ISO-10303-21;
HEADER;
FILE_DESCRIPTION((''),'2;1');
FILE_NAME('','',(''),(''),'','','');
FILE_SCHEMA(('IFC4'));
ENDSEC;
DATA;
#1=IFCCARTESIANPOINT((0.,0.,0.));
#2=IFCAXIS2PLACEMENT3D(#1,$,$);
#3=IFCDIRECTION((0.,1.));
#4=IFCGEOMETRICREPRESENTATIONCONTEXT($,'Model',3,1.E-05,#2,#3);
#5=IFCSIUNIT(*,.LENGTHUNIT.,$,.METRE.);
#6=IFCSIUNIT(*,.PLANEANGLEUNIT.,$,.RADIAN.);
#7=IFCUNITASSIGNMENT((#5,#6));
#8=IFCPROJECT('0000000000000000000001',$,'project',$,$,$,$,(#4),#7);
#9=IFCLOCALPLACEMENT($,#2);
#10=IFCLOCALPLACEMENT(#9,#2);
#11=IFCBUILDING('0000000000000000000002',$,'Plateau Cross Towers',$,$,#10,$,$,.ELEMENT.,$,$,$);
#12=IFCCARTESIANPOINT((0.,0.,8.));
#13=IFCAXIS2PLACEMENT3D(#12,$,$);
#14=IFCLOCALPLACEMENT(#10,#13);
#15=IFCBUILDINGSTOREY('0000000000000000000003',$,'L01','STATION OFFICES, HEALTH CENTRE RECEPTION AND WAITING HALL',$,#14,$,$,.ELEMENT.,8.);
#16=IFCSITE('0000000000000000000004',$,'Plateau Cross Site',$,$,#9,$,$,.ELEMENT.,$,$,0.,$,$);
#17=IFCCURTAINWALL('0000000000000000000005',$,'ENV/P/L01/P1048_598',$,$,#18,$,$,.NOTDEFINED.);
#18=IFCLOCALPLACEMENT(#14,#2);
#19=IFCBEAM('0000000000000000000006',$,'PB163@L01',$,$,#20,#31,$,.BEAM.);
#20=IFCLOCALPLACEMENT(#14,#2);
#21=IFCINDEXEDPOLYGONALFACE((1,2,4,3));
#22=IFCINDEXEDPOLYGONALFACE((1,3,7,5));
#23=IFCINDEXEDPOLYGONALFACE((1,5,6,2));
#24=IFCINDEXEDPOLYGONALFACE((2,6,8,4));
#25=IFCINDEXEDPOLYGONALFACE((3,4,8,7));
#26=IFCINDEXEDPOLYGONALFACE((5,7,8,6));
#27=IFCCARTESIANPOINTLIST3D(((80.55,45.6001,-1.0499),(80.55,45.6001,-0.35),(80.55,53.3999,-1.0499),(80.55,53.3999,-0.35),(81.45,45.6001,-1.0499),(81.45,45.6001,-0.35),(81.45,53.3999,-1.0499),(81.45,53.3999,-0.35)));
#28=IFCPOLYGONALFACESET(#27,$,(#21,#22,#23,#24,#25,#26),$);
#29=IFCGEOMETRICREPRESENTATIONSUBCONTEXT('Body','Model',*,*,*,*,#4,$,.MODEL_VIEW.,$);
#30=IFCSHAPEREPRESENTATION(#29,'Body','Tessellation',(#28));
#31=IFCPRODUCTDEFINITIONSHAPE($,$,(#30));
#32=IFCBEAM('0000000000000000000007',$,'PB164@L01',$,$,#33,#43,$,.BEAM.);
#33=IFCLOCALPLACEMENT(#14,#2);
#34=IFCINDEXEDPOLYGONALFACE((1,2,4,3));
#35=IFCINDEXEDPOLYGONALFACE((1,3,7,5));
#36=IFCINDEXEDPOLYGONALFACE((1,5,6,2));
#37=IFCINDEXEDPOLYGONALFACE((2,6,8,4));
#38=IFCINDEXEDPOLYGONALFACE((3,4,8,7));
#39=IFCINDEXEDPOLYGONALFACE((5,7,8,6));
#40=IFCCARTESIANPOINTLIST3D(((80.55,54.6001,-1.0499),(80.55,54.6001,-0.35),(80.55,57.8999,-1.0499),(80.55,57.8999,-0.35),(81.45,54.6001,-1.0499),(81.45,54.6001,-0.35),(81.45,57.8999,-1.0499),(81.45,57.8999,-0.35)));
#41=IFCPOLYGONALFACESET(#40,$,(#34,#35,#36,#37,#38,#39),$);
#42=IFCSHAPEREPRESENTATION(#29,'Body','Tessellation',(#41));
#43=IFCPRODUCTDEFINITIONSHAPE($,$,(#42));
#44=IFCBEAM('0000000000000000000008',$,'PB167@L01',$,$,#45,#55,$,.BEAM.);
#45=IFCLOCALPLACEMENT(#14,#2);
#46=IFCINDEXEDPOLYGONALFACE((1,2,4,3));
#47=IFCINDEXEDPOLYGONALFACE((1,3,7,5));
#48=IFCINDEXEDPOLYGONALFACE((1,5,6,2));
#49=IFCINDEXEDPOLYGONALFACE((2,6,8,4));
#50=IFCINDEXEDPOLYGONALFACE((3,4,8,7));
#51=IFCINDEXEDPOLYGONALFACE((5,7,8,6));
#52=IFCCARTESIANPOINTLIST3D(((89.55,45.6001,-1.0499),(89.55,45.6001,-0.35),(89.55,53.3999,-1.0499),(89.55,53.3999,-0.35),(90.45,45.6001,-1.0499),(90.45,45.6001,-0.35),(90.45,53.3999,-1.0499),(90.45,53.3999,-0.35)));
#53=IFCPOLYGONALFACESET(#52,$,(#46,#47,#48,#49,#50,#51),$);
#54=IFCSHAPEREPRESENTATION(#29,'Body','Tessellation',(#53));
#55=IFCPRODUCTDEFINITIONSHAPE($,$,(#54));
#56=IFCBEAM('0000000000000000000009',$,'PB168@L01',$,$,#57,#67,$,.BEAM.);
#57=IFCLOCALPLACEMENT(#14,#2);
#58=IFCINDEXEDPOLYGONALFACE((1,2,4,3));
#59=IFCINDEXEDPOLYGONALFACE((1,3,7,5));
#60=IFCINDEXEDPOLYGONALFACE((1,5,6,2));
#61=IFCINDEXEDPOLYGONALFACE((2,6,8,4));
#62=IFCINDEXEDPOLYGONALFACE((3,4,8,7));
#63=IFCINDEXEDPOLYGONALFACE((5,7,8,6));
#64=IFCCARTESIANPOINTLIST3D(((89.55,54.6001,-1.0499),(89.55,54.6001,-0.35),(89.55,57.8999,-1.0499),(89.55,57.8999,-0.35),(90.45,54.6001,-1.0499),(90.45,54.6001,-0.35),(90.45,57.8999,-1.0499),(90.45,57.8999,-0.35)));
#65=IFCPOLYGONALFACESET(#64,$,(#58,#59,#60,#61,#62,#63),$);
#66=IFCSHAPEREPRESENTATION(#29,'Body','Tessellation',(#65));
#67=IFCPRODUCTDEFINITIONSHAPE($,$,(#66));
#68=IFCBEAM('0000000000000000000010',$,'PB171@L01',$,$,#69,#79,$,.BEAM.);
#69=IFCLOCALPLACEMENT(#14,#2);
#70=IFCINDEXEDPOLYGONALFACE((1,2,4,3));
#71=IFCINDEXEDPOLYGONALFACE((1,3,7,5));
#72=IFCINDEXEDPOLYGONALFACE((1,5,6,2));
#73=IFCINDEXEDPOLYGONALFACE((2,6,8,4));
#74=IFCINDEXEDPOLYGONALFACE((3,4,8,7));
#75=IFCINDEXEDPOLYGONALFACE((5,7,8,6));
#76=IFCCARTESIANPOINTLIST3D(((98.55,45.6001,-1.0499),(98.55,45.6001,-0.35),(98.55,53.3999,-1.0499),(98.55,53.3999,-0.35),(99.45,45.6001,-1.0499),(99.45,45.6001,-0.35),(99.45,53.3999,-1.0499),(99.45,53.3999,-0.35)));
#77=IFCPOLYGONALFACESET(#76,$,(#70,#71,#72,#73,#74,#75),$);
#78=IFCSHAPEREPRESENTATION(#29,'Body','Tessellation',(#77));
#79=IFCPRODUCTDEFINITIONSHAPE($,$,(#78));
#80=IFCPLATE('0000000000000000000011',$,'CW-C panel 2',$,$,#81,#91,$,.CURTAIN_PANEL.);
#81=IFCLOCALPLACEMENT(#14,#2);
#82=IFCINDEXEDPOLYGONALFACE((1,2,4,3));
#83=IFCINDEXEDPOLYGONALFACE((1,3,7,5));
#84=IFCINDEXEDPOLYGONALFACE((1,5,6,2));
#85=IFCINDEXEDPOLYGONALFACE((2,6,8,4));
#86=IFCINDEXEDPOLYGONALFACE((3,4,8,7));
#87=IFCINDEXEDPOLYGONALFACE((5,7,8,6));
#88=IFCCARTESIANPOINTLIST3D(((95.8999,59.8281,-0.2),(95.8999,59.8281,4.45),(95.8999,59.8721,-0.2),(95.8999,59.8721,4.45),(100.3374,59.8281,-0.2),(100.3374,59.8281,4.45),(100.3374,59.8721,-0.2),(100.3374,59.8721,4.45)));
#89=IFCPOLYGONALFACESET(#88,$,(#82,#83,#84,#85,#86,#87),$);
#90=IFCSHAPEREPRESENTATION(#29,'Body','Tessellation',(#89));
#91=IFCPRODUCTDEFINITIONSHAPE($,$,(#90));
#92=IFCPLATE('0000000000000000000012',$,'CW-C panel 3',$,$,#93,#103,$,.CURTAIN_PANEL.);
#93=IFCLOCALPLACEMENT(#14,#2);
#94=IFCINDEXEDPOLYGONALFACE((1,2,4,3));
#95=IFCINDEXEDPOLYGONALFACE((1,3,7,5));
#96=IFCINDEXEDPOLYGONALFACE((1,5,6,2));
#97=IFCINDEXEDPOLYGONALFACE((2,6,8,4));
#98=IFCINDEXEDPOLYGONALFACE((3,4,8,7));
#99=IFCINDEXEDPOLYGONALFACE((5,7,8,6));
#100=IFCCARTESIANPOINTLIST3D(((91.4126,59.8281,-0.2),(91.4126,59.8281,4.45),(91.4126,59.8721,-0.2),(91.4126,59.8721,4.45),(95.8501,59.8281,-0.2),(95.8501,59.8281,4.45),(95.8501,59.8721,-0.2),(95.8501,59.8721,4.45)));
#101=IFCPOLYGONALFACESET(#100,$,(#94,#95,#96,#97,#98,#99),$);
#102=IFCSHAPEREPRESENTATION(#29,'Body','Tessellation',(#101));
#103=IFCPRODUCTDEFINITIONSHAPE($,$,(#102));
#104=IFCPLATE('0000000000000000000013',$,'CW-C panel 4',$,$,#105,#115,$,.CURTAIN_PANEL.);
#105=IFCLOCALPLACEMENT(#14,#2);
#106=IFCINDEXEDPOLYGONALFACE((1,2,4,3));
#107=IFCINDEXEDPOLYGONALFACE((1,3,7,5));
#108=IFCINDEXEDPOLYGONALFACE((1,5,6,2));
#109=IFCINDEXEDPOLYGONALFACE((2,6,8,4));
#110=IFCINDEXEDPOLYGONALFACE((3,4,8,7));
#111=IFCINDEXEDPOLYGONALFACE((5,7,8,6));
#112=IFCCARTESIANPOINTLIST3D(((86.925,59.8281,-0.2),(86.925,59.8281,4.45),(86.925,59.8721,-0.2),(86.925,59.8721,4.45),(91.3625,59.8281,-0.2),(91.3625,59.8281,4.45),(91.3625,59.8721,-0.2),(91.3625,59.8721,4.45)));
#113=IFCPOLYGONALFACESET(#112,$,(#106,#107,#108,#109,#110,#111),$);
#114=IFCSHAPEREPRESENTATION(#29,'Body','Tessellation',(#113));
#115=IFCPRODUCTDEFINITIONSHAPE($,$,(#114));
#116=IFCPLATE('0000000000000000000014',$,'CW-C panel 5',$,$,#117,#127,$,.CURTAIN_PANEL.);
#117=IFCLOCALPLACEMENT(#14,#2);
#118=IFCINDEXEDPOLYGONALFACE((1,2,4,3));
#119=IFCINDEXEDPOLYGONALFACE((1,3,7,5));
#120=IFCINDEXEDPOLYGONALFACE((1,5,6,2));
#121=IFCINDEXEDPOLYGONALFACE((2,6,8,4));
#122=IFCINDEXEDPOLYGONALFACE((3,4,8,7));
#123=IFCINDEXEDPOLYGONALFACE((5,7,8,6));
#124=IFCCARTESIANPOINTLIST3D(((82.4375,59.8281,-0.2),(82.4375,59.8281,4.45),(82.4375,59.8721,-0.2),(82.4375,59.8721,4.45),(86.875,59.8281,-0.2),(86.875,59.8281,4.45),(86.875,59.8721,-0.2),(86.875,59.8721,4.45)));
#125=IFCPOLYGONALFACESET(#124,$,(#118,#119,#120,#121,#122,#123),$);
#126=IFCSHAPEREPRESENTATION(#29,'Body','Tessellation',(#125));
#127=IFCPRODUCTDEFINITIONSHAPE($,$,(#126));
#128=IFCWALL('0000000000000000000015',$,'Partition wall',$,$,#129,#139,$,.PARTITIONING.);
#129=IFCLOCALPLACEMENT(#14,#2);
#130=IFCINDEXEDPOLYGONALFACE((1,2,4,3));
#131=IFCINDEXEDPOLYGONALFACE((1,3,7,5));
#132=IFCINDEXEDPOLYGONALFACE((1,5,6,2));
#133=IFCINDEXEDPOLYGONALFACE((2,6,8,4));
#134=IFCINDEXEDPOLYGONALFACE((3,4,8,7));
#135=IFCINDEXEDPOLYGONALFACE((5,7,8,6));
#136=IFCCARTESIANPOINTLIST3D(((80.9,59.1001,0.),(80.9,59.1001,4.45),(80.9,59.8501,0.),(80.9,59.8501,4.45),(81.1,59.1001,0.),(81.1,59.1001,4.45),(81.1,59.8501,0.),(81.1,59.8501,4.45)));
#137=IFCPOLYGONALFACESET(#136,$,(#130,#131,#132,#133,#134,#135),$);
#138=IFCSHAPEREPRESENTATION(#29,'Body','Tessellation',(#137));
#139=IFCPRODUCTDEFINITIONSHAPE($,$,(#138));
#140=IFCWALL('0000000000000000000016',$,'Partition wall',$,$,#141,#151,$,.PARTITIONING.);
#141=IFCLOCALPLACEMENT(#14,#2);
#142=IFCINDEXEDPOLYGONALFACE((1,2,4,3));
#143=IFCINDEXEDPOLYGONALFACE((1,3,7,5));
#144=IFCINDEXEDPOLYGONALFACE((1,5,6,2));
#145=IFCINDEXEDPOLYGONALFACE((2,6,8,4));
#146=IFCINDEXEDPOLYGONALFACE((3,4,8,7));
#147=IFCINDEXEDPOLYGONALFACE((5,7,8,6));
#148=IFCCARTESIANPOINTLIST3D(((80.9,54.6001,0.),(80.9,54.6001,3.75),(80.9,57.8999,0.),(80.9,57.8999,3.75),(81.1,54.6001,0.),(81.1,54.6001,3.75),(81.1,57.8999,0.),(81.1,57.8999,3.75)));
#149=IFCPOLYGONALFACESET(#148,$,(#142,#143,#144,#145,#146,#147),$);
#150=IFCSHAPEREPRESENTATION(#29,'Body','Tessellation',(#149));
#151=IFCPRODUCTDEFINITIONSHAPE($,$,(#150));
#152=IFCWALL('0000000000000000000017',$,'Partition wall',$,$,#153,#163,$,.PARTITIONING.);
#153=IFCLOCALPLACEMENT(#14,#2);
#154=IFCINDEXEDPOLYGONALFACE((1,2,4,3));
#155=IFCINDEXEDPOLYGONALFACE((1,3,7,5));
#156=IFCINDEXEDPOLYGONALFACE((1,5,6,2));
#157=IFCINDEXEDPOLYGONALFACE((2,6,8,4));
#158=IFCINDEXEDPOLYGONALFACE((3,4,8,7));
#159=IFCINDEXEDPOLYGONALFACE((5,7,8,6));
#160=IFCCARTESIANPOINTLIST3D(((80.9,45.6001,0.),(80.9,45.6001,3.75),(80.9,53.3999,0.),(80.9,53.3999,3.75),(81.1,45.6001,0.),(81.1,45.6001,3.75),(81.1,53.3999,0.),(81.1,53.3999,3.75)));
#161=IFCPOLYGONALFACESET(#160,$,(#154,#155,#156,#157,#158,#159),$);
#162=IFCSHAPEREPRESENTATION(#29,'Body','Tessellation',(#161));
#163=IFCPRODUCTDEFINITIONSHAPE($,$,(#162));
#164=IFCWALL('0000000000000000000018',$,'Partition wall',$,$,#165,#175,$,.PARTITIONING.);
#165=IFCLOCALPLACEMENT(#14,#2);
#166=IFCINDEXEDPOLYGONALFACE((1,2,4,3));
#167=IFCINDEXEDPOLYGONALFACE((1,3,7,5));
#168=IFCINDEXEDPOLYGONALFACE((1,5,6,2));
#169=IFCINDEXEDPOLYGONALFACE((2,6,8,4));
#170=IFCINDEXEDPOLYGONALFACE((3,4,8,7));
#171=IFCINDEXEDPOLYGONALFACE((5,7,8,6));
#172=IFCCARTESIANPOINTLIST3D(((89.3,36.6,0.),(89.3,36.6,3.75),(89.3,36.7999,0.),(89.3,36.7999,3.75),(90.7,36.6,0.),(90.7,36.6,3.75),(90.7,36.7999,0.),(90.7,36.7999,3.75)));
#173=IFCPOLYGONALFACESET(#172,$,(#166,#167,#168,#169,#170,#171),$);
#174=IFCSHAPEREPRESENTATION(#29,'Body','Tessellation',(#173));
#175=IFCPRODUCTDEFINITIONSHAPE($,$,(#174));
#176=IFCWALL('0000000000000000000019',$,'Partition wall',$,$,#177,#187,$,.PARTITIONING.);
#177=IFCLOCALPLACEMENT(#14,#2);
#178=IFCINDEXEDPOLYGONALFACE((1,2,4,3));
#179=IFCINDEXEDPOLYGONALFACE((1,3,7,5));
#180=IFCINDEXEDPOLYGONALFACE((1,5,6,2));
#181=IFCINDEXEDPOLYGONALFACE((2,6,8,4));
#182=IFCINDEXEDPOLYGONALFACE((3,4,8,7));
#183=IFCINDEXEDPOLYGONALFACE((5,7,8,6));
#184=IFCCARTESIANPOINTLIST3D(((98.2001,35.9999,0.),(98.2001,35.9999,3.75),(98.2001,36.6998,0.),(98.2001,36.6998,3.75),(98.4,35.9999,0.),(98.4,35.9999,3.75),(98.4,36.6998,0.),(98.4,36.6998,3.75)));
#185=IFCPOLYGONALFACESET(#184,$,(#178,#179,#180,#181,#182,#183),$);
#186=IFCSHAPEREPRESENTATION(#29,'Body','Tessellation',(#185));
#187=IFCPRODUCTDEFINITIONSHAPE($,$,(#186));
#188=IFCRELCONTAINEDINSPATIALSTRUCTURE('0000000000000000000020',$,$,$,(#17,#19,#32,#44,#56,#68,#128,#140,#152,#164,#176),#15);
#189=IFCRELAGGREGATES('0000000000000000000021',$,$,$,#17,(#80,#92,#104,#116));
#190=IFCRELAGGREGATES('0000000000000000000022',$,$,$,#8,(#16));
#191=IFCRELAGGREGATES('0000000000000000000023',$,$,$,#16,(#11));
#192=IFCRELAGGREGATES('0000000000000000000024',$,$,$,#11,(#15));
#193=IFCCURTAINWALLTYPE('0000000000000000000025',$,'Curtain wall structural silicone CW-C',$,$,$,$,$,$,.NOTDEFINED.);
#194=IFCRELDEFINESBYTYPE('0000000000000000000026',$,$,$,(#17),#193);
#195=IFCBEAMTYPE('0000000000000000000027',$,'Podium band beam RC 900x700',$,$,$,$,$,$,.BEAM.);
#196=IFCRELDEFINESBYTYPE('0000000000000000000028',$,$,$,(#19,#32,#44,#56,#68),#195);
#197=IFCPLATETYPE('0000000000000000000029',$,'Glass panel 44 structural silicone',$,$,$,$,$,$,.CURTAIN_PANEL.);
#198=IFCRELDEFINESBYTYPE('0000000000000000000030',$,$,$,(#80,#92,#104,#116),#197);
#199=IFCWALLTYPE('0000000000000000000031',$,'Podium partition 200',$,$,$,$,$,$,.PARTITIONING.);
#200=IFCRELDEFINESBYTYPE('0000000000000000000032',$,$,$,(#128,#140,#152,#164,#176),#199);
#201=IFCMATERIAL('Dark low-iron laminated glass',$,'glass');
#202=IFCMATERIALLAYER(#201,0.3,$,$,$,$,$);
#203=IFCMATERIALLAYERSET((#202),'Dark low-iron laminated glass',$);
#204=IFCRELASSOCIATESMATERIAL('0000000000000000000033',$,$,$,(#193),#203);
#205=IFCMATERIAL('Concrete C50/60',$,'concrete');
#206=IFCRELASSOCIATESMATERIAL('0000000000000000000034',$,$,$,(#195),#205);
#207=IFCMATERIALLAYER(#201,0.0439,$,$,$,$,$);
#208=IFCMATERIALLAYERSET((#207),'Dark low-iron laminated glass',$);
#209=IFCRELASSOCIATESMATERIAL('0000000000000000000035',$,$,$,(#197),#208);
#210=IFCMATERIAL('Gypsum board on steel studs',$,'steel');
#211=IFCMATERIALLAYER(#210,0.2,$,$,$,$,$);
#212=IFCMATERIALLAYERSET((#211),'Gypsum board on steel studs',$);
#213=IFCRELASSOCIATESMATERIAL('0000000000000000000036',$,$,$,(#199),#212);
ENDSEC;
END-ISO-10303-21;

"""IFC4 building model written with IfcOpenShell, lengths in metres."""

from ifc_helpers import new_model, si_unit, direction, frame, frame_2d, origin, origin_2d, place, context, subcontext, project, spatial, rectangle, extrude, material, layer, layer_set, material_profile, profile_set, type_object, element, aggregate, save


model = new_model("IFC4")

# Units and contexts
model_context = context("Model", 3, precision=1e-05, world=origin(), true_north=direction((0.0, 1.0)))
body_context = subcontext(model_context, "Body", "Model", "MODEL_VIEW")
ifc_project = project(units=[si_unit("LENGTHUNIT", "METRE"), si_unit("PLANEANGLEUNIT", "RADIAN")], contexts=[model_context])

# Site, building, storey
site_placement = place(None, origin())
site = spatial("IfcSite", under=ifc_project, at=site_placement, Name="Plateau Cross Site", CompositionType="ELEMENT", RefElevation=0.0)
building_placement = place(site_placement, origin())
building = spatial("IfcBuilding", under=site, at=building_placement, Name="Plateau Cross Towers", CompositionType="ELEMENT")
storey_placement = place(building_placement, frame((0.0, 0.0, 8.0)))
storey = spatial("IfcBuildingStorey", under=building, at=storey_placement, Name="L01", Description="STATION OFFICES, HEALTH CENTRE RECEPTION AND WAITING HALL", CompositionType="ELEMENT", Elevation=8.0)

# Curtain wall
ifc_material_1 = material(Name="Dark low-iron laminated glass", Category="glass")
ifc_layer_1 = layer(ifc_material_1, 0.3)
ifc_layer_set_1 = layer_set([ifc_layer_1], Name="Dark low-iron laminated glass")
curtain_wall_type = type_object("IfcCurtainWallType", Name="Curtain wall structural silicone CW-C", PredefinedType="NOTDEFINED", material=ifc_layer_set_1)
curtain_wall_placement = place(storey_placement, origin())
curtain_wall = element("IfcCurtainWall", 1, at=curtain_wall_placement, inside=storey, type_object=curtain_wall_type, Name="ENV/P/L01/P1048_598", PredefinedType="NOTDEFINED")

# Beams
ifc_material_2 = material(Name="Concrete C50/60", Category="concrete")
ifc_material_profile_1 = material_profile(ifc_material_2, rectangle(XDim=0.8999, YDim=0.7, at=origin_2d()), Name="RC 900x700")
ifc_profile_set_1 = profile_set([ifc_material_profile_1], Name="Concrete C50/60")
beam_type = type_object("IfcBeamType", Name="Podium band beam RC 900x700", PredefinedType="BEAM", material=ifc_profile_set_1)
for number, where, z_axis, x_axis, name in (
    (2, (81.0, 45.6001, -0.7), (0.0, 1.0, 0.0), (-1.0, 0.0, 0.0), "PB163@L01"),
):
    element("IfcBeam", number, at=place(storey_placement, frame(where, z_axis=z_axis, x_axis=x_axis)), inside=storey, type_object=beam_type, Name=name, PredefinedType="BEAM", context=body_context, shape_type="SweptSolid", body=[
        extrude(rectangle(XDim=0.8999, YDim=0.7, at=origin_2d()), origin(), (0.0, 0.0, 1.0), 7.7998),
    ])
beam_1_placement = place(storey_placement, frame((81.0, 54.6001, -0.7), z_axis=(0.0, 1.0, 0.0), x_axis=(-1.0, 0.0, 0.0)))
element("IfcBeam", 3, at=beam_1_placement, inside=storey, type_object=beam_type, Name="PB164@L01", PredefinedType="BEAM", context=body_context, shape_type="SweptSolid", body=[
    extrude(rectangle(XDim=0.8999, YDim=0.7, at=origin_2d()), origin(), (0.0, 0.0, 1.0), 3.2998),
])
beam_2_placement = place(storey_placement, frame((90.0, 45.6001, -0.7), z_axis=(0.0, 1.0, 0.0), x_axis=(-1.0, 0.0, 0.0)))
element("IfcBeam", 4, at=beam_2_placement, inside=storey, type_object=beam_type, Name="PB167@L01", PredefinedType="BEAM", context=body_context, shape_type="SweptSolid", body=[
    extrude(rectangle(XDim=0.8999, YDim=0.7, at=origin_2d()), origin(), (0.0, 0.0, 1.0), 7.7998),
])
beam_3_placement = place(storey_placement, frame((90.0, 54.6001, -0.7), z_axis=(0.0, 1.0, 0.0), x_axis=(-1.0, 0.0, 0.0)))
element("IfcBeam", 5, at=beam_3_placement, inside=storey, type_object=beam_type, Name="PB168@L01", PredefinedType="BEAM", context=body_context, shape_type="SweptSolid", body=[
    extrude(rectangle(XDim=0.8999, YDim=0.7, at=origin_2d()), origin(), (0.0, 0.0, 1.0), 3.2998),
])
beam_4_placement = place(storey_placement, frame((99.0, 45.6001, -0.7), z_axis=(0.0, 1.0, 0.0), x_axis=(-1.0, 0.0, 0.0)))
element("IfcBeam", 6, at=beam_4_placement, inside=storey, type_object=beam_type, Name="PB171@L01", PredefinedType="BEAM", context=body_context, shape_type="SweptSolid", body=[
    extrude(rectangle(XDim=0.8999, YDim=0.7, at=origin_2d()), origin(), (0.0, 0.0, 1.0), 7.7998),
])

# Plates
ifc_layer_2 = layer(ifc_material_1, 0.0439)
ifc_layer_set_2 = layer_set([ifc_layer_2], Name="Dark low-iron laminated glass")
plate_type = type_object("IfcPlateType", Name="Glass panel 44 structural silicone", PredefinedType="CURTAIN_PANEL", material=ifc_layer_set_2)
plate_1_placement = place(storey_placement, frame((98.1187, 59.8501, -0.2), z_axis=(0.0, 0.0, 1.0), x_axis=(-1.0, 0.0, 0.0)))
plate_1 = element("IfcPlate", 7, at=plate_1_placement, type_object=plate_type, Name="CW-C panel 2", PredefinedType="CURTAIN_PANEL", context=body_context, shape_type="SweptSolid", body=[
    extrude(rectangle(XDim=4.4375, YDim=0.0439, at=origin_2d()), origin(), (0.0, 0.0, 1.0), 4.6499),
])
plate_2_placement = place(storey_placement, frame((93.6313, 59.8501, -0.2), z_axis=(0.0, 0.0, 1.0), x_axis=(-1.0, 0.0, 0.0)))
plate_2 = element("IfcPlate", 8, at=plate_2_placement, type_object=plate_type, Name="CW-C panel 3", PredefinedType="CURTAIN_PANEL", context=body_context, shape_type="SweptSolid", body=[
    extrude(rectangle(XDim=4.4375, YDim=0.0439, at=origin_2d()), origin(), (0.0, 0.0, 1.0), 4.6499),
])
plate_3_placement = place(storey_placement, frame((89.1438, 59.8501, -0.2), z_axis=(0.0, 0.0, 1.0), x_axis=(-1.0, 0.0, 0.0)))
plate_3 = element("IfcPlate", 9, at=plate_3_placement, type_object=plate_type, Name="CW-C panel 4", PredefinedType="CURTAIN_PANEL", context=body_context, shape_type="SweptSolid", body=[
    extrude(rectangle(XDim=4.4375, YDim=0.0439, at=origin_2d()), origin(), (0.0, 0.0, 1.0), 4.6499),
])
plate_4_placement = place(storey_placement, frame((84.6562, 59.8501, -0.2), z_axis=(0.0, 0.0, 1.0), x_axis=(-1.0, 0.0, 0.0)))
plate_4 = element("IfcPlate", 10, at=plate_4_placement, type_object=plate_type, Name="CW-C panel 5", PredefinedType="CURTAIN_PANEL", context=body_context, shape_type="SweptSolid", body=[
    extrude(rectangle(XDim=4.4375, YDim=0.0439, at=origin_2d()), origin(), (0.0, 0.0, 1.0), 4.6499),
])
aggregate(curtain_wall, [plate_1, plate_2, plate_3, plate_4])

# Walls
ifc_material_3 = material(Name="Gypsum board on steel studs", Category="steel")
ifc_layer_3 = layer(ifc_material_3, 0.2)
ifc_layer_set_3 = layer_set([ifc_layer_3], Name="Gypsum board on steel studs")
wall_type = type_object("IfcWallType", Name="Podium partition 200", PredefinedType="PARTITIONING", material=ifc_layer_set_3)
wall_1_placement = place(storey_placement, frame((81.0, 59.8501, 0.0), z_axis=(0.0, 0.0, 1.0), x_axis=(0.0, -1.0, 0.0)))
element("IfcWall", 11, at=wall_1_placement, inside=storey, type_object=wall_type, Name="Partition wall", PredefinedType="PARTITIONING", context=body_context, shape_type="SweptSolid", body=[
    extrude(rectangle(XDim=0.75, YDim=0.2, at=frame_2d((0.375, 0.0))), origin(), (0.0, 0.0, 1.0), 4.45),
])
wall_2_placement = place(storey_placement, frame((81.0, 57.8999, 0.0), z_axis=(0.0, 0.0, 1.0), x_axis=(0.0, -1.0, 0.0)))
element("IfcWall", 12, at=wall_2_placement, inside=storey, type_object=wall_type, Name="Partition wall", PredefinedType="PARTITIONING", context=body_context, shape_type="SweptSolid", body=[
    extrude(rectangle(XDim=3.2998, YDim=0.2, at=frame_2d((1.6499, 0.0))), origin(), (0.0, 0.0, 1.0), 3.75),
])
wall_3_placement = place(storey_placement, frame((81.0, 53.3999, 0.0), z_axis=(0.0, 0.0, 1.0), x_axis=(0.0, -1.0, 0.0)))
element("IfcWall", 13, at=wall_3_placement, inside=storey, type_object=wall_type, Name="Partition wall", PredefinedType="PARTITIONING", context=body_context, shape_type="SweptSolid", body=[
    extrude(rectangle(XDim=7.7998, YDim=0.2, at=frame_2d((3.8999, 0.0))), origin(), (0.0, 0.0, 1.0), 3.75),
])
wall_4_placement = place(storey_placement, frame((90.7, 36.7, 0.0), z_axis=(0.0, 0.0, 1.0), x_axis=(-1.0, 0.0, 0.0)))
element("IfcWall", 14, at=wall_4_placement, inside=storey, type_object=wall_type, Name="Partition wall", PredefinedType="PARTITIONING", context=body_context, shape_type="SweptSolid", body=[
    extrude(rectangle(XDim=1.3999, YDim=0.2, at=frame_2d((0.7, 0.0))), origin(), (0.0, 0.0, 1.0), 3.75),
])
wall_5_placement = place(storey_placement, frame((98.3, 36.7, 0.0), z_axis=(0.0, 0.0, 1.0), x_axis=(0.0, -1.0, 0.0)))
element("IfcWall", 15, at=wall_5_placement, inside=storey, type_object=wall_type, Name="Partition wall", PredefinedType="PARTITIONING", context=body_context, shape_type="SweptSolid", body=[
    extrude(rectangle(XDim=0.7, YDim=0.2, at=frame_2d((0.3501, 0.0))), origin(), (0.0, 0.0, 1.0), 3.75),
])

save(model, "model.ifc")
